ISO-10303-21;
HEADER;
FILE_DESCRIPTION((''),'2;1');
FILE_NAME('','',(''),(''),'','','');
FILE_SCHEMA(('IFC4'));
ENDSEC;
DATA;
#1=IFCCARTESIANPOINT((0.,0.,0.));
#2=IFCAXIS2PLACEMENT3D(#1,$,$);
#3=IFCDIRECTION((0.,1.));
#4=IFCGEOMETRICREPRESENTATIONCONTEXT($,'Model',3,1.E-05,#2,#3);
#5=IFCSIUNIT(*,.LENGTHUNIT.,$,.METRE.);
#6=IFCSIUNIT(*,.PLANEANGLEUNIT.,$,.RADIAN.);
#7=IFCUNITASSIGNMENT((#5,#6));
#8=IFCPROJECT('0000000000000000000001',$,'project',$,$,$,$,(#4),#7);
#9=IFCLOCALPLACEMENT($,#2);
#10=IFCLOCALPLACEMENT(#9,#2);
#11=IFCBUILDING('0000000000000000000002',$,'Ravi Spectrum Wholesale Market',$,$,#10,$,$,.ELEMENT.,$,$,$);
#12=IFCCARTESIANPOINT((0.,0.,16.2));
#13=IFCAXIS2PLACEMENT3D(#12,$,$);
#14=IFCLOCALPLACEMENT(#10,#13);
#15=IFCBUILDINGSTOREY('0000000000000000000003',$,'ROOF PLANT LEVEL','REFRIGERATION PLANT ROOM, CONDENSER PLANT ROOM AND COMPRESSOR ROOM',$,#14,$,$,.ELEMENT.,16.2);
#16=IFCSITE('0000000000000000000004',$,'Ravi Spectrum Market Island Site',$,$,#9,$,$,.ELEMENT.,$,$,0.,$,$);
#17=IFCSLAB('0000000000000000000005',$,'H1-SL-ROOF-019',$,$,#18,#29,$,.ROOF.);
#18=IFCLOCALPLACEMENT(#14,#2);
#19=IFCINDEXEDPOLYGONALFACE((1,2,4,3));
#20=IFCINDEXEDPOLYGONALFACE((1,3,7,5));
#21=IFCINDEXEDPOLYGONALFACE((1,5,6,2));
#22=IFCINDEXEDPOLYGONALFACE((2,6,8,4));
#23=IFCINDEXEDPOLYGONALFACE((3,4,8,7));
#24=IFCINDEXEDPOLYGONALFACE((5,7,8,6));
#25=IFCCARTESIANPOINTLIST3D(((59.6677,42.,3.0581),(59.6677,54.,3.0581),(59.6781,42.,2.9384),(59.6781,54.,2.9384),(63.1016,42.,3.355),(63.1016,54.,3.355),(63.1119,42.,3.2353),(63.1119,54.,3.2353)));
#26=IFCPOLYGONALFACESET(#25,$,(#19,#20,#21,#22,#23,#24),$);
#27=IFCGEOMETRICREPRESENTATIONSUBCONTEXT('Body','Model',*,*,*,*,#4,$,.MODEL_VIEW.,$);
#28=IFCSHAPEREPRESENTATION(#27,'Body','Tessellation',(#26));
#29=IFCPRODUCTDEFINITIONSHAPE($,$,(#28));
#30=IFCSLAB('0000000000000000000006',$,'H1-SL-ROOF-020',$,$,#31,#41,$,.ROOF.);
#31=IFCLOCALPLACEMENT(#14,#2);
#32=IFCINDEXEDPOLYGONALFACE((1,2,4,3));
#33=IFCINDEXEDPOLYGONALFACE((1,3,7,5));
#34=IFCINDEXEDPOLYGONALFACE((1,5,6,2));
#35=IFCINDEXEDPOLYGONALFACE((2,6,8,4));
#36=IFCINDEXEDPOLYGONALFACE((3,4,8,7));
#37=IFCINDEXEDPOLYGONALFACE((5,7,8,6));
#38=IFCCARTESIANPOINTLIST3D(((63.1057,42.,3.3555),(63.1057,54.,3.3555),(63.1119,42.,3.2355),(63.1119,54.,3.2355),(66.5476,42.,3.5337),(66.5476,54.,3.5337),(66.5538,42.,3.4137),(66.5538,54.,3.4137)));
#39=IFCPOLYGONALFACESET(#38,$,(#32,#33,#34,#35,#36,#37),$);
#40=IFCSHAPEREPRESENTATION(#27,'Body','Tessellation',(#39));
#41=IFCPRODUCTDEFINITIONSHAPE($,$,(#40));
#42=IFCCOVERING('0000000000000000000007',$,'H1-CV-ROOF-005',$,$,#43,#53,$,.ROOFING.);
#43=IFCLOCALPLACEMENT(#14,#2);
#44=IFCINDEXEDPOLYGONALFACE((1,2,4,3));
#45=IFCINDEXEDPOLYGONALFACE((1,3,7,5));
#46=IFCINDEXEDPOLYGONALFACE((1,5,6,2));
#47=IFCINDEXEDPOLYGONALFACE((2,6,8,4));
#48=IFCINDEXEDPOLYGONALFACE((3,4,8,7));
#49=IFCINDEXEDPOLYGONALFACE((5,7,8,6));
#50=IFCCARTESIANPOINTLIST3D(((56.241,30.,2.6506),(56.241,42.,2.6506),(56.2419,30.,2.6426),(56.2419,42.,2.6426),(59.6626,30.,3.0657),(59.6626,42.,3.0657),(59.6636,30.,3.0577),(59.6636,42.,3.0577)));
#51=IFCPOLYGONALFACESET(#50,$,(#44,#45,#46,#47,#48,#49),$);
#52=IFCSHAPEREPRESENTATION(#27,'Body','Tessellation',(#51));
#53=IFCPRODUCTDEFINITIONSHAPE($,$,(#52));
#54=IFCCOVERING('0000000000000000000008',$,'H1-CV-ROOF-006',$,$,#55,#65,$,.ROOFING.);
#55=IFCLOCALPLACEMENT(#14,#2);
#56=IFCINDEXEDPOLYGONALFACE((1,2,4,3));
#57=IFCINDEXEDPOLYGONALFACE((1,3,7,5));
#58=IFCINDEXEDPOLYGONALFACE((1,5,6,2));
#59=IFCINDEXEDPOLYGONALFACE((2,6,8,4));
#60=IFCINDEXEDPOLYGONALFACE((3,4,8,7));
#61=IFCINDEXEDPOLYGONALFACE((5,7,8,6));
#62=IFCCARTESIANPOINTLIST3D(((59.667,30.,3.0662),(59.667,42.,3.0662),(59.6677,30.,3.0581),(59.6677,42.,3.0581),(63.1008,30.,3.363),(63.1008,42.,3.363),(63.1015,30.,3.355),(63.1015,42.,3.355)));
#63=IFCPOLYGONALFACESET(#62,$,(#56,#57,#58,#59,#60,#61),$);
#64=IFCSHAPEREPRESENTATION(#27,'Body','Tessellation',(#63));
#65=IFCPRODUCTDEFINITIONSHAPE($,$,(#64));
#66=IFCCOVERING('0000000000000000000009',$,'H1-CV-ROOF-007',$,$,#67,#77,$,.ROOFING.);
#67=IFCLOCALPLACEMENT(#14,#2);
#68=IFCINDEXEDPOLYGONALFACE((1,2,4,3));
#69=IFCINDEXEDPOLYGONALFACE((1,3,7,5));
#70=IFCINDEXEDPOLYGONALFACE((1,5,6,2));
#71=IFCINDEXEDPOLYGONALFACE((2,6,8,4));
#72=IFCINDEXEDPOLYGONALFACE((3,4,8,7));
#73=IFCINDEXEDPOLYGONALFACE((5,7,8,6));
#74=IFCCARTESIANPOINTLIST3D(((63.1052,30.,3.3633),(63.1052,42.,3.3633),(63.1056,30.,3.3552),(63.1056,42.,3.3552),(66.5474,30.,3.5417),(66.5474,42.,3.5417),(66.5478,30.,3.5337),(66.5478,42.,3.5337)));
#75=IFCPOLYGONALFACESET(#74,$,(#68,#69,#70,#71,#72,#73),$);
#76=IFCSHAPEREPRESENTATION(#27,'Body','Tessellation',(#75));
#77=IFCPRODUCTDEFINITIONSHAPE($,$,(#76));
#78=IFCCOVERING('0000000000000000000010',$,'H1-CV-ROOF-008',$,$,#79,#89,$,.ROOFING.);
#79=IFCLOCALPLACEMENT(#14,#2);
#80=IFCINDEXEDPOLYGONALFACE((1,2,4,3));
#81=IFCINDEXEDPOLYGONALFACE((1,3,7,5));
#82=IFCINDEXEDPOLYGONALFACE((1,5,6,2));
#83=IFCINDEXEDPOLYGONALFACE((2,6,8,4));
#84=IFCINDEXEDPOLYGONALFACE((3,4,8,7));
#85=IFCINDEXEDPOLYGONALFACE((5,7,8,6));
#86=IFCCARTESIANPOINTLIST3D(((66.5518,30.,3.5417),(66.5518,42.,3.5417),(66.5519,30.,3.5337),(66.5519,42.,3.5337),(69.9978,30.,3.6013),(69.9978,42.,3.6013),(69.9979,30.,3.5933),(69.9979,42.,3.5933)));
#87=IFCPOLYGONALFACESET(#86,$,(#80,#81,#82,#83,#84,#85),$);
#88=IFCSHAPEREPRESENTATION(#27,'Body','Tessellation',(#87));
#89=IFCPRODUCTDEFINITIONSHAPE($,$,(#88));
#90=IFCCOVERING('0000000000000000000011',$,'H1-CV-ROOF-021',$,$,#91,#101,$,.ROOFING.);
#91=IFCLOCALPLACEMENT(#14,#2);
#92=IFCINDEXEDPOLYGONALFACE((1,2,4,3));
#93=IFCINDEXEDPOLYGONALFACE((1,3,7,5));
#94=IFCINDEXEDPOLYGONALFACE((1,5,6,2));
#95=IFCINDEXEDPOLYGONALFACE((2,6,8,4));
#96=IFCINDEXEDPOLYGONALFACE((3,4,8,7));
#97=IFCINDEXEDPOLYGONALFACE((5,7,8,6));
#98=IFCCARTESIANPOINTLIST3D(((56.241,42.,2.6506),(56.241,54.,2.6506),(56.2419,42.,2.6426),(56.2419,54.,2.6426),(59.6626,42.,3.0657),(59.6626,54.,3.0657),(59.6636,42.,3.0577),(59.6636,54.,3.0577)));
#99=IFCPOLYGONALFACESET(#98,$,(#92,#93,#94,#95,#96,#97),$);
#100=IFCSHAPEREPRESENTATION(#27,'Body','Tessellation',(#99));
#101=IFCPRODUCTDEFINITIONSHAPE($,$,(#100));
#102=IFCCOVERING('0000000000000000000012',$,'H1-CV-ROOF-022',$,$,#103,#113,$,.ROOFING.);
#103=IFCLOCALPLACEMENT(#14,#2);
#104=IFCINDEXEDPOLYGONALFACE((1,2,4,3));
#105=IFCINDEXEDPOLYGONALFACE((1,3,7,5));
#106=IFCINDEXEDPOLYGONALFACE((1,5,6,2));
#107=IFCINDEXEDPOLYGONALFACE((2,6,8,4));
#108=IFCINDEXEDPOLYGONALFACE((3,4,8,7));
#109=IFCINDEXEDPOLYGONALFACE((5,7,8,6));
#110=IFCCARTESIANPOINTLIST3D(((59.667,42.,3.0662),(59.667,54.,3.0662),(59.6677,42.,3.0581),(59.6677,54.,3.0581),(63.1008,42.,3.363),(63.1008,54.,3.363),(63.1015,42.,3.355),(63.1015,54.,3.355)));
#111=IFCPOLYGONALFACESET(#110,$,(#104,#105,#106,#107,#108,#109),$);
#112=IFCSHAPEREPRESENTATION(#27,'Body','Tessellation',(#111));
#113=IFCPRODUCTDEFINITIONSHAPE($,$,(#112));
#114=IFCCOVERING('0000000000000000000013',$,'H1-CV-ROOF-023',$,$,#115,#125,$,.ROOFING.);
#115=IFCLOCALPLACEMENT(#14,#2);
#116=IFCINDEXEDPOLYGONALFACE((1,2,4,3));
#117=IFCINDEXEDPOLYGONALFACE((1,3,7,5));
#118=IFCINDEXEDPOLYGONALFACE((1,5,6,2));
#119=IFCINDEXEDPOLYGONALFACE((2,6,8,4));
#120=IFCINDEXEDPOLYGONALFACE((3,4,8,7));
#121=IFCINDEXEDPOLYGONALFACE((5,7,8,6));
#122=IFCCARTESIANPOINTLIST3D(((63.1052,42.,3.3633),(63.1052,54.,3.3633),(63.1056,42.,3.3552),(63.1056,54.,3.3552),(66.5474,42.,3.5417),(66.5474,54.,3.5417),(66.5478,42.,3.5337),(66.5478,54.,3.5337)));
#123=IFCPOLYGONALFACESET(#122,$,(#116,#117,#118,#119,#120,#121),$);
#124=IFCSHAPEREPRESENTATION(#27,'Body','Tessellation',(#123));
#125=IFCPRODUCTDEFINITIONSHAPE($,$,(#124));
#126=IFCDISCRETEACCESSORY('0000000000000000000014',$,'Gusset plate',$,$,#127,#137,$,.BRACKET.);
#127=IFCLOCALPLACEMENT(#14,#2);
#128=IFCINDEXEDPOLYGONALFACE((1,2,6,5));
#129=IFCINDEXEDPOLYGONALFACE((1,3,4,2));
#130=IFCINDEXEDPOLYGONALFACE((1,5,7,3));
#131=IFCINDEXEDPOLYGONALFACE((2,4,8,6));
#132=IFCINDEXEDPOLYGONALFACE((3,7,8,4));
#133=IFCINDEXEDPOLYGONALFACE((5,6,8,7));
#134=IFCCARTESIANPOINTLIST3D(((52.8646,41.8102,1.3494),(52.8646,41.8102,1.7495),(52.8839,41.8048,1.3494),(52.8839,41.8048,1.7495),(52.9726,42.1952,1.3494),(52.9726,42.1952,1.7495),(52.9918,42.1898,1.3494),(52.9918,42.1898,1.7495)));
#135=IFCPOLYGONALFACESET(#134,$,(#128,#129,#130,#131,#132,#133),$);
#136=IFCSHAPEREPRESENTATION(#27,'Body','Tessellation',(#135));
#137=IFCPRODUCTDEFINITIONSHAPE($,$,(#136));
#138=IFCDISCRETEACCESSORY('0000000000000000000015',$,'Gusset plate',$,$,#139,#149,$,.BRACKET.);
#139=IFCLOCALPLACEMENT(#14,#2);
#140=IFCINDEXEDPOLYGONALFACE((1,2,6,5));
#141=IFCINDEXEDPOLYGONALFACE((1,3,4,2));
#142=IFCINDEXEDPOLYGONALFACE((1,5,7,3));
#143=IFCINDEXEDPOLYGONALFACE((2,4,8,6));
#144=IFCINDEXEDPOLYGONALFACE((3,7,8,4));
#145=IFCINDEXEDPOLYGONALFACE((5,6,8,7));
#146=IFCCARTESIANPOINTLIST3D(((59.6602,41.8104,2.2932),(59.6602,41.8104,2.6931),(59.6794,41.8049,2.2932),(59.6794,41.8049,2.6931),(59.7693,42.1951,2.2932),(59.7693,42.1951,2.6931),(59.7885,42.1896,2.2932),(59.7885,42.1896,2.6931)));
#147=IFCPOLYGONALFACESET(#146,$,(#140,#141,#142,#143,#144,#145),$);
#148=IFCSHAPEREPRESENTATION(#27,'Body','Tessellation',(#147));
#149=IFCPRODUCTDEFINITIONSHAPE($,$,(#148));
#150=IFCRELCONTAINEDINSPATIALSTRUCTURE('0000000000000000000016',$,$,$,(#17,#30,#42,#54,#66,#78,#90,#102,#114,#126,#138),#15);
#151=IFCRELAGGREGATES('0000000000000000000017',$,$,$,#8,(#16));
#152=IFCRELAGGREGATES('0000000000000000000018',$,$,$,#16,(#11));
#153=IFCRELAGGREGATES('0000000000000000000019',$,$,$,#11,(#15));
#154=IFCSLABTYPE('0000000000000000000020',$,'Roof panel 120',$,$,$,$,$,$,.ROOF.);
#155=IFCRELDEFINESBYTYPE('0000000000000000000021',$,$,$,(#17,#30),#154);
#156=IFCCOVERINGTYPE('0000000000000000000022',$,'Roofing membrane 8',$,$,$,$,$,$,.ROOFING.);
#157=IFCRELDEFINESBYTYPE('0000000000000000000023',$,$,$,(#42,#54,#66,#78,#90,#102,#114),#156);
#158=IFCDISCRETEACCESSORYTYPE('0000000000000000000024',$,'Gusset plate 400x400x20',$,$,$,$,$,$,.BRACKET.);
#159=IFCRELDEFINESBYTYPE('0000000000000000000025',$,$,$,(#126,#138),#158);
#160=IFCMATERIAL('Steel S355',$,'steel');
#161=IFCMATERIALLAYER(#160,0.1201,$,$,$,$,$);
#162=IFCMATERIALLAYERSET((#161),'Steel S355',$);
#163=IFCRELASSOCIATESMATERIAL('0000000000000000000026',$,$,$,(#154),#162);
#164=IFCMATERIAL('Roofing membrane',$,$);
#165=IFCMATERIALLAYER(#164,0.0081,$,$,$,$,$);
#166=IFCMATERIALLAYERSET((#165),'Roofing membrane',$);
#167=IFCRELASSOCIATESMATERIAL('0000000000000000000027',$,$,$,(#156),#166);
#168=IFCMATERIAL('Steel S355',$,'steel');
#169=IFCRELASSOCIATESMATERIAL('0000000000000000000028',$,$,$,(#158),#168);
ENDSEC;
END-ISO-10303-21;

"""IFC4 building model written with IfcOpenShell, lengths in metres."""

from ifc_helpers import new_model, si_unit, direction, frame, origin, origin_2d, place, context, subcontext, project, spatial, polyline, rectangle, outline, extrude, material, layer, layer_set, material_profile, profile_set, type_object, element, save


model = new_model("IFC4")

# Units and contexts
model_context = context("Model", 3, precision=1e-05, world=origin(), true_north=direction((0.0, 1.0)))
body_context = subcontext(model_context, "Body", "Model", "MODEL_VIEW")
ifc_project = project(units=[si_unit("LENGTHUNIT", "METRE"), si_unit("PLANEANGLEUNIT", "RADIAN")], contexts=[model_context])

# Site, building, storey
site_placement = place(None, origin())
site = spatial("IfcSite", under=ifc_project, at=site_placement, Name="Ravi Spectrum Market Island Site", CompositionType="ELEMENT", RefElevation=0.0)
building_placement = place(site_placement, origin())
building = spatial("IfcBuilding", under=site, at=building_placement, Name="Ravi Spectrum Wholesale Market", CompositionType="ELEMENT")
storey_placement = place(building_placement, frame((0.0, 0.0, 16.2)))
storey = spatial("IfcBuildingStorey", under=building, at=storey_placement, Name="ROOF PLANT LEVEL", Description="REFRIGERATION PLANT ROOM, CONDENSER PLANT ROOM AND COMPRESSOR ROOM", CompositionType="ELEMENT", Elevation=16.2)

# Slabs
ifc_material_1 = material(Name="Steel S355", Category="steel")
ifc_layer_1 = layer(ifc_material_1, 0.1201)
ifc_layer_set_1 = layer_set([ifc_layer_1], Name="Steel S355")
slab_type = type_object("IfcSlabType", Name="Roof panel 120", PredefinedType="ROOF", material=ifc_layer_set_1)
slab_1_placement = place(storey_placement, frame((59.6677, 42.0, 3.0581), z_axis=(-0.086134, 0.0, 0.996284), x_axis=(0.996284, 0.0, 0.086134)))
element("IfcSlab", 1, at=slab_1_placement, inside=storey, type_object=slab_type, Name="H1-SL-ROOF-019", PredefinedType="ROOF", context=body_context, shape_type="SweptSolid", body=[
    extrude(outline(polyline([(0.0, 0.0), (3.4466, 0.0), (3.4466, 12.0), (0.0, 12.0), (0.0, 0.0)])), origin(), (0.0, 0.0, -1.0), 0.1201),
])
slab_2_placement = place(storey_placement, frame((63.1057, 42.0, 3.3555), z_axis=(-0.051711, 0.0, 0.998662), x_axis=(0.998662, 0.0, 0.051711)))
element("IfcSlab", 2, at=slab_2_placement, inside=storey, type_object=slab_type, Name="H1-SL-ROOF-020", PredefinedType="ROOF", context=body_context, shape_type="SweptSolid", body=[
    extrude(outline(polyline([(0.0, 0.0), (3.4465, 0.0), (3.4465, 12.0), (0.0, 12.0), (0.0, 0.0)])), origin(), (0.0, 0.0, -1.0), 0.1201),
])

# Coverings
ifc_material_2 = material(Name="Roofing membrane")
ifc_layer_2 = layer(ifc_material_2, 0.0081)
ifc_layer_set_2 = layer_set([ifc_layer_2], Name="Roofing membrane")
covering_type = type_object("IfcCoveringType", Name="Roofing membrane 8", PredefinedType="ROOFING", material=ifc_layer_set_2)
covering_1_placement = place(storey_placement, frame((56.241, 30.0, 2.6506), z_axis=(-0.120416, 0.0, 0.992724), x_axis=(0.992724, 0.0, 0.120416)))
element("IfcCovering", 3, at=covering_1_placement, inside=storey, type_object=covering_type, Name="H1-CV-ROOF-005", PredefinedType="ROOFING", context=body_context, shape_type="SweptSolid", body=[
    extrude(outline(polyline([(0.0, 0.0), (3.4467, 0.0), (3.4467, 12.0), (0.0, 12.0), (0.0, 0.0)])), origin(), (0.0, 0.0, -1.0), 0.0081),
])
covering_2_placement = place(storey_placement, frame((59.667, 30.0, 3.0662), z_axis=(-0.086134, 0.0, 0.996284), x_axis=(0.996284, 0.0, 0.086134)))
element("IfcCovering", 4, at=covering_2_placement, inside=storey, type_object=covering_type, Name="H1-CV-ROOF-006", PredefinedType="ROOFING", context=body_context, shape_type="SweptSolid", body=[
    extrude(outline(polyline([(0.0, 0.0), (3.4466, 0.0), (3.4466, 12.0), (0.0, 12.0), (0.0, 0.0)])), origin(), (0.0, 0.0, -1.0), 0.0081),
])
covering_3_placement = place(storey_placement, frame((63.1052, 30.0, 3.3633), z_axis=(-0.051778, 0.0, 0.998659), x_axis=(0.998659, 0.0, 0.051778)))
element("IfcCovering", 5, at=covering_3_placement, inside=storey, type_object=covering_type, Name="H1-CV-ROOF-007", PredefinedType="ROOFING", context=body_context, shape_type="SweptSolid", body=[
    extrude(outline(polyline([(0.0, 0.0), (3.4468, 0.0), (3.4468, 12.0), (0.0, 12.0), (0.0, 0.0)])), origin(), (0.0, 0.0, -1.0), 0.0081),
])
covering_4_placement = place(storey_placement, frame((66.5518, 30.0, 3.5417), z_axis=(-0.017284, 0.0, 0.999851), x_axis=(0.999851, 0.0, 0.017284)))
element("IfcCovering", 6, at=covering_4_placement, inside=storey, type_object=covering_type, Name="H1-CV-ROOF-008", PredefinedType="ROOFING", context=body_context, shape_type="SweptSolid", body=[
    extrude(outline(polyline([(0.0, 0.0), (3.4466, 0.0), (3.4466, 12.0), (0.0, 12.0), (0.0, 0.0)])), origin(), (0.0, 0.0, -1.0), 0.0081),
])
covering_5_placement = place(storey_placement, frame((56.241, 42.0, 2.6506), z_axis=(-0.120416, 0.0, 0.992724), x_axis=(0.992724, 0.0, 0.120416)))
element("IfcCovering", 7, at=covering_5_placement, inside=storey, type_object=covering_type, Name="H1-CV-ROOF-021", PredefinedType="ROOFING", context=body_context, shape_type="SweptSolid", body=[
    extrude(outline(polyline([(0.0, 0.0), (3.4467, 0.0), (3.4467, 12.0), (0.0, 12.0), (0.0, 0.0)])), origin(), (0.0, 0.0, -1.0), 0.0081),
])
covering_6_placement = place(storey_placement, frame((59.667, 42.0, 3.0662), z_axis=(-0.086134, 0.0, 0.996284), x_axis=(0.996284, 0.0, 0.086134)))
element("IfcCovering", 8, at=covering_6_placement, inside=storey, type_object=covering_type, Name="H1-CV-ROOF-022", PredefinedType="ROOFING", context=body_context, shape_type="SweptSolid", body=[
    extrude(outline(polyline([(0.0, 0.0), (3.4466, 0.0), (3.4466, 12.0), (0.0, 12.0), (0.0, 0.0)])), origin(), (0.0, 0.0, -1.0), 0.0081),
])
covering_7_placement = place(storey_placement, frame((63.1052, 42.0, 3.3633), z_axis=(-0.051778, 0.0, 0.998659), x_axis=(0.998659, 0.0, 0.051778)))
element("IfcCovering", 9, at=covering_7_placement, inside=storey, type_object=covering_type, Name="H1-CV-ROOF-023", PredefinedType="ROOFING", context=body_context, shape_type="SweptSolid", body=[
    extrude(outline(polyline([(0.0, 0.0), (3.4468, 0.0), (3.4468, 12.0), (0.0, 12.0), (0.0, 0.0)])), origin(), (0.0, 0.0, -1.0), 0.0081),
])

# Discrete accessories
ifc_material_3 = material(Name="Steel S355", Category="steel")
ifc_material_profile_1 = material_profile(ifc_material_3, rectangle(XDim=0.3999, YDim=0.02, at=origin_2d()))
ifc_profile_set_1 = profile_set([ifc_material_profile_1], Name="Steel S355")
discrete_accessory_type = type_object("IfcDiscreteAccessoryType", Name="Gusset plate 400x400x20", PredefinedType="BRACKET", material=ifc_profile_set_1)
discrete_accessory_1_placement = place(storey_placement, frame((52.9282, 42.0, 1.3494), z_axis=(0.0, 0.0, 1.0), x_axis=(0.269957, 0.962873, 0.0)))
element("IfcDiscreteAccessory", 10, at=discrete_accessory_1_placement, inside=storey, type_object=discrete_accessory_type, Name="Gusset plate", PredefinedType="BRACKET", context=body_context, shape_type="SweptSolid", body=[
    extrude(rectangle(XDim=0.3999, YDim=0.02, at=origin_2d()), origin(), (0.0, 0.0, 1.0), 0.4001),
])
discrete_accessory_2_placement = place(storey_placement, frame((59.7244, 42.0, 2.2932), z_axis=(0.0, 0.0, 1.0), x_axis=(0.272804, 0.96207, 0.0)))
element("IfcDiscreteAccessory", 11, at=discrete_accessory_2_placement, inside=storey, type_object=discrete_accessory_type, Name="Gusset plate", PredefinedType="BRACKET", context=body_context, shape_type="SweptSolid", body=[
    extrude(rectangle(XDim=0.3999, YDim=0.02, at=origin_2d()), origin(), (0.0, 0.0, 1.0), 0.3999),
])

save(model, "model.ifc")
